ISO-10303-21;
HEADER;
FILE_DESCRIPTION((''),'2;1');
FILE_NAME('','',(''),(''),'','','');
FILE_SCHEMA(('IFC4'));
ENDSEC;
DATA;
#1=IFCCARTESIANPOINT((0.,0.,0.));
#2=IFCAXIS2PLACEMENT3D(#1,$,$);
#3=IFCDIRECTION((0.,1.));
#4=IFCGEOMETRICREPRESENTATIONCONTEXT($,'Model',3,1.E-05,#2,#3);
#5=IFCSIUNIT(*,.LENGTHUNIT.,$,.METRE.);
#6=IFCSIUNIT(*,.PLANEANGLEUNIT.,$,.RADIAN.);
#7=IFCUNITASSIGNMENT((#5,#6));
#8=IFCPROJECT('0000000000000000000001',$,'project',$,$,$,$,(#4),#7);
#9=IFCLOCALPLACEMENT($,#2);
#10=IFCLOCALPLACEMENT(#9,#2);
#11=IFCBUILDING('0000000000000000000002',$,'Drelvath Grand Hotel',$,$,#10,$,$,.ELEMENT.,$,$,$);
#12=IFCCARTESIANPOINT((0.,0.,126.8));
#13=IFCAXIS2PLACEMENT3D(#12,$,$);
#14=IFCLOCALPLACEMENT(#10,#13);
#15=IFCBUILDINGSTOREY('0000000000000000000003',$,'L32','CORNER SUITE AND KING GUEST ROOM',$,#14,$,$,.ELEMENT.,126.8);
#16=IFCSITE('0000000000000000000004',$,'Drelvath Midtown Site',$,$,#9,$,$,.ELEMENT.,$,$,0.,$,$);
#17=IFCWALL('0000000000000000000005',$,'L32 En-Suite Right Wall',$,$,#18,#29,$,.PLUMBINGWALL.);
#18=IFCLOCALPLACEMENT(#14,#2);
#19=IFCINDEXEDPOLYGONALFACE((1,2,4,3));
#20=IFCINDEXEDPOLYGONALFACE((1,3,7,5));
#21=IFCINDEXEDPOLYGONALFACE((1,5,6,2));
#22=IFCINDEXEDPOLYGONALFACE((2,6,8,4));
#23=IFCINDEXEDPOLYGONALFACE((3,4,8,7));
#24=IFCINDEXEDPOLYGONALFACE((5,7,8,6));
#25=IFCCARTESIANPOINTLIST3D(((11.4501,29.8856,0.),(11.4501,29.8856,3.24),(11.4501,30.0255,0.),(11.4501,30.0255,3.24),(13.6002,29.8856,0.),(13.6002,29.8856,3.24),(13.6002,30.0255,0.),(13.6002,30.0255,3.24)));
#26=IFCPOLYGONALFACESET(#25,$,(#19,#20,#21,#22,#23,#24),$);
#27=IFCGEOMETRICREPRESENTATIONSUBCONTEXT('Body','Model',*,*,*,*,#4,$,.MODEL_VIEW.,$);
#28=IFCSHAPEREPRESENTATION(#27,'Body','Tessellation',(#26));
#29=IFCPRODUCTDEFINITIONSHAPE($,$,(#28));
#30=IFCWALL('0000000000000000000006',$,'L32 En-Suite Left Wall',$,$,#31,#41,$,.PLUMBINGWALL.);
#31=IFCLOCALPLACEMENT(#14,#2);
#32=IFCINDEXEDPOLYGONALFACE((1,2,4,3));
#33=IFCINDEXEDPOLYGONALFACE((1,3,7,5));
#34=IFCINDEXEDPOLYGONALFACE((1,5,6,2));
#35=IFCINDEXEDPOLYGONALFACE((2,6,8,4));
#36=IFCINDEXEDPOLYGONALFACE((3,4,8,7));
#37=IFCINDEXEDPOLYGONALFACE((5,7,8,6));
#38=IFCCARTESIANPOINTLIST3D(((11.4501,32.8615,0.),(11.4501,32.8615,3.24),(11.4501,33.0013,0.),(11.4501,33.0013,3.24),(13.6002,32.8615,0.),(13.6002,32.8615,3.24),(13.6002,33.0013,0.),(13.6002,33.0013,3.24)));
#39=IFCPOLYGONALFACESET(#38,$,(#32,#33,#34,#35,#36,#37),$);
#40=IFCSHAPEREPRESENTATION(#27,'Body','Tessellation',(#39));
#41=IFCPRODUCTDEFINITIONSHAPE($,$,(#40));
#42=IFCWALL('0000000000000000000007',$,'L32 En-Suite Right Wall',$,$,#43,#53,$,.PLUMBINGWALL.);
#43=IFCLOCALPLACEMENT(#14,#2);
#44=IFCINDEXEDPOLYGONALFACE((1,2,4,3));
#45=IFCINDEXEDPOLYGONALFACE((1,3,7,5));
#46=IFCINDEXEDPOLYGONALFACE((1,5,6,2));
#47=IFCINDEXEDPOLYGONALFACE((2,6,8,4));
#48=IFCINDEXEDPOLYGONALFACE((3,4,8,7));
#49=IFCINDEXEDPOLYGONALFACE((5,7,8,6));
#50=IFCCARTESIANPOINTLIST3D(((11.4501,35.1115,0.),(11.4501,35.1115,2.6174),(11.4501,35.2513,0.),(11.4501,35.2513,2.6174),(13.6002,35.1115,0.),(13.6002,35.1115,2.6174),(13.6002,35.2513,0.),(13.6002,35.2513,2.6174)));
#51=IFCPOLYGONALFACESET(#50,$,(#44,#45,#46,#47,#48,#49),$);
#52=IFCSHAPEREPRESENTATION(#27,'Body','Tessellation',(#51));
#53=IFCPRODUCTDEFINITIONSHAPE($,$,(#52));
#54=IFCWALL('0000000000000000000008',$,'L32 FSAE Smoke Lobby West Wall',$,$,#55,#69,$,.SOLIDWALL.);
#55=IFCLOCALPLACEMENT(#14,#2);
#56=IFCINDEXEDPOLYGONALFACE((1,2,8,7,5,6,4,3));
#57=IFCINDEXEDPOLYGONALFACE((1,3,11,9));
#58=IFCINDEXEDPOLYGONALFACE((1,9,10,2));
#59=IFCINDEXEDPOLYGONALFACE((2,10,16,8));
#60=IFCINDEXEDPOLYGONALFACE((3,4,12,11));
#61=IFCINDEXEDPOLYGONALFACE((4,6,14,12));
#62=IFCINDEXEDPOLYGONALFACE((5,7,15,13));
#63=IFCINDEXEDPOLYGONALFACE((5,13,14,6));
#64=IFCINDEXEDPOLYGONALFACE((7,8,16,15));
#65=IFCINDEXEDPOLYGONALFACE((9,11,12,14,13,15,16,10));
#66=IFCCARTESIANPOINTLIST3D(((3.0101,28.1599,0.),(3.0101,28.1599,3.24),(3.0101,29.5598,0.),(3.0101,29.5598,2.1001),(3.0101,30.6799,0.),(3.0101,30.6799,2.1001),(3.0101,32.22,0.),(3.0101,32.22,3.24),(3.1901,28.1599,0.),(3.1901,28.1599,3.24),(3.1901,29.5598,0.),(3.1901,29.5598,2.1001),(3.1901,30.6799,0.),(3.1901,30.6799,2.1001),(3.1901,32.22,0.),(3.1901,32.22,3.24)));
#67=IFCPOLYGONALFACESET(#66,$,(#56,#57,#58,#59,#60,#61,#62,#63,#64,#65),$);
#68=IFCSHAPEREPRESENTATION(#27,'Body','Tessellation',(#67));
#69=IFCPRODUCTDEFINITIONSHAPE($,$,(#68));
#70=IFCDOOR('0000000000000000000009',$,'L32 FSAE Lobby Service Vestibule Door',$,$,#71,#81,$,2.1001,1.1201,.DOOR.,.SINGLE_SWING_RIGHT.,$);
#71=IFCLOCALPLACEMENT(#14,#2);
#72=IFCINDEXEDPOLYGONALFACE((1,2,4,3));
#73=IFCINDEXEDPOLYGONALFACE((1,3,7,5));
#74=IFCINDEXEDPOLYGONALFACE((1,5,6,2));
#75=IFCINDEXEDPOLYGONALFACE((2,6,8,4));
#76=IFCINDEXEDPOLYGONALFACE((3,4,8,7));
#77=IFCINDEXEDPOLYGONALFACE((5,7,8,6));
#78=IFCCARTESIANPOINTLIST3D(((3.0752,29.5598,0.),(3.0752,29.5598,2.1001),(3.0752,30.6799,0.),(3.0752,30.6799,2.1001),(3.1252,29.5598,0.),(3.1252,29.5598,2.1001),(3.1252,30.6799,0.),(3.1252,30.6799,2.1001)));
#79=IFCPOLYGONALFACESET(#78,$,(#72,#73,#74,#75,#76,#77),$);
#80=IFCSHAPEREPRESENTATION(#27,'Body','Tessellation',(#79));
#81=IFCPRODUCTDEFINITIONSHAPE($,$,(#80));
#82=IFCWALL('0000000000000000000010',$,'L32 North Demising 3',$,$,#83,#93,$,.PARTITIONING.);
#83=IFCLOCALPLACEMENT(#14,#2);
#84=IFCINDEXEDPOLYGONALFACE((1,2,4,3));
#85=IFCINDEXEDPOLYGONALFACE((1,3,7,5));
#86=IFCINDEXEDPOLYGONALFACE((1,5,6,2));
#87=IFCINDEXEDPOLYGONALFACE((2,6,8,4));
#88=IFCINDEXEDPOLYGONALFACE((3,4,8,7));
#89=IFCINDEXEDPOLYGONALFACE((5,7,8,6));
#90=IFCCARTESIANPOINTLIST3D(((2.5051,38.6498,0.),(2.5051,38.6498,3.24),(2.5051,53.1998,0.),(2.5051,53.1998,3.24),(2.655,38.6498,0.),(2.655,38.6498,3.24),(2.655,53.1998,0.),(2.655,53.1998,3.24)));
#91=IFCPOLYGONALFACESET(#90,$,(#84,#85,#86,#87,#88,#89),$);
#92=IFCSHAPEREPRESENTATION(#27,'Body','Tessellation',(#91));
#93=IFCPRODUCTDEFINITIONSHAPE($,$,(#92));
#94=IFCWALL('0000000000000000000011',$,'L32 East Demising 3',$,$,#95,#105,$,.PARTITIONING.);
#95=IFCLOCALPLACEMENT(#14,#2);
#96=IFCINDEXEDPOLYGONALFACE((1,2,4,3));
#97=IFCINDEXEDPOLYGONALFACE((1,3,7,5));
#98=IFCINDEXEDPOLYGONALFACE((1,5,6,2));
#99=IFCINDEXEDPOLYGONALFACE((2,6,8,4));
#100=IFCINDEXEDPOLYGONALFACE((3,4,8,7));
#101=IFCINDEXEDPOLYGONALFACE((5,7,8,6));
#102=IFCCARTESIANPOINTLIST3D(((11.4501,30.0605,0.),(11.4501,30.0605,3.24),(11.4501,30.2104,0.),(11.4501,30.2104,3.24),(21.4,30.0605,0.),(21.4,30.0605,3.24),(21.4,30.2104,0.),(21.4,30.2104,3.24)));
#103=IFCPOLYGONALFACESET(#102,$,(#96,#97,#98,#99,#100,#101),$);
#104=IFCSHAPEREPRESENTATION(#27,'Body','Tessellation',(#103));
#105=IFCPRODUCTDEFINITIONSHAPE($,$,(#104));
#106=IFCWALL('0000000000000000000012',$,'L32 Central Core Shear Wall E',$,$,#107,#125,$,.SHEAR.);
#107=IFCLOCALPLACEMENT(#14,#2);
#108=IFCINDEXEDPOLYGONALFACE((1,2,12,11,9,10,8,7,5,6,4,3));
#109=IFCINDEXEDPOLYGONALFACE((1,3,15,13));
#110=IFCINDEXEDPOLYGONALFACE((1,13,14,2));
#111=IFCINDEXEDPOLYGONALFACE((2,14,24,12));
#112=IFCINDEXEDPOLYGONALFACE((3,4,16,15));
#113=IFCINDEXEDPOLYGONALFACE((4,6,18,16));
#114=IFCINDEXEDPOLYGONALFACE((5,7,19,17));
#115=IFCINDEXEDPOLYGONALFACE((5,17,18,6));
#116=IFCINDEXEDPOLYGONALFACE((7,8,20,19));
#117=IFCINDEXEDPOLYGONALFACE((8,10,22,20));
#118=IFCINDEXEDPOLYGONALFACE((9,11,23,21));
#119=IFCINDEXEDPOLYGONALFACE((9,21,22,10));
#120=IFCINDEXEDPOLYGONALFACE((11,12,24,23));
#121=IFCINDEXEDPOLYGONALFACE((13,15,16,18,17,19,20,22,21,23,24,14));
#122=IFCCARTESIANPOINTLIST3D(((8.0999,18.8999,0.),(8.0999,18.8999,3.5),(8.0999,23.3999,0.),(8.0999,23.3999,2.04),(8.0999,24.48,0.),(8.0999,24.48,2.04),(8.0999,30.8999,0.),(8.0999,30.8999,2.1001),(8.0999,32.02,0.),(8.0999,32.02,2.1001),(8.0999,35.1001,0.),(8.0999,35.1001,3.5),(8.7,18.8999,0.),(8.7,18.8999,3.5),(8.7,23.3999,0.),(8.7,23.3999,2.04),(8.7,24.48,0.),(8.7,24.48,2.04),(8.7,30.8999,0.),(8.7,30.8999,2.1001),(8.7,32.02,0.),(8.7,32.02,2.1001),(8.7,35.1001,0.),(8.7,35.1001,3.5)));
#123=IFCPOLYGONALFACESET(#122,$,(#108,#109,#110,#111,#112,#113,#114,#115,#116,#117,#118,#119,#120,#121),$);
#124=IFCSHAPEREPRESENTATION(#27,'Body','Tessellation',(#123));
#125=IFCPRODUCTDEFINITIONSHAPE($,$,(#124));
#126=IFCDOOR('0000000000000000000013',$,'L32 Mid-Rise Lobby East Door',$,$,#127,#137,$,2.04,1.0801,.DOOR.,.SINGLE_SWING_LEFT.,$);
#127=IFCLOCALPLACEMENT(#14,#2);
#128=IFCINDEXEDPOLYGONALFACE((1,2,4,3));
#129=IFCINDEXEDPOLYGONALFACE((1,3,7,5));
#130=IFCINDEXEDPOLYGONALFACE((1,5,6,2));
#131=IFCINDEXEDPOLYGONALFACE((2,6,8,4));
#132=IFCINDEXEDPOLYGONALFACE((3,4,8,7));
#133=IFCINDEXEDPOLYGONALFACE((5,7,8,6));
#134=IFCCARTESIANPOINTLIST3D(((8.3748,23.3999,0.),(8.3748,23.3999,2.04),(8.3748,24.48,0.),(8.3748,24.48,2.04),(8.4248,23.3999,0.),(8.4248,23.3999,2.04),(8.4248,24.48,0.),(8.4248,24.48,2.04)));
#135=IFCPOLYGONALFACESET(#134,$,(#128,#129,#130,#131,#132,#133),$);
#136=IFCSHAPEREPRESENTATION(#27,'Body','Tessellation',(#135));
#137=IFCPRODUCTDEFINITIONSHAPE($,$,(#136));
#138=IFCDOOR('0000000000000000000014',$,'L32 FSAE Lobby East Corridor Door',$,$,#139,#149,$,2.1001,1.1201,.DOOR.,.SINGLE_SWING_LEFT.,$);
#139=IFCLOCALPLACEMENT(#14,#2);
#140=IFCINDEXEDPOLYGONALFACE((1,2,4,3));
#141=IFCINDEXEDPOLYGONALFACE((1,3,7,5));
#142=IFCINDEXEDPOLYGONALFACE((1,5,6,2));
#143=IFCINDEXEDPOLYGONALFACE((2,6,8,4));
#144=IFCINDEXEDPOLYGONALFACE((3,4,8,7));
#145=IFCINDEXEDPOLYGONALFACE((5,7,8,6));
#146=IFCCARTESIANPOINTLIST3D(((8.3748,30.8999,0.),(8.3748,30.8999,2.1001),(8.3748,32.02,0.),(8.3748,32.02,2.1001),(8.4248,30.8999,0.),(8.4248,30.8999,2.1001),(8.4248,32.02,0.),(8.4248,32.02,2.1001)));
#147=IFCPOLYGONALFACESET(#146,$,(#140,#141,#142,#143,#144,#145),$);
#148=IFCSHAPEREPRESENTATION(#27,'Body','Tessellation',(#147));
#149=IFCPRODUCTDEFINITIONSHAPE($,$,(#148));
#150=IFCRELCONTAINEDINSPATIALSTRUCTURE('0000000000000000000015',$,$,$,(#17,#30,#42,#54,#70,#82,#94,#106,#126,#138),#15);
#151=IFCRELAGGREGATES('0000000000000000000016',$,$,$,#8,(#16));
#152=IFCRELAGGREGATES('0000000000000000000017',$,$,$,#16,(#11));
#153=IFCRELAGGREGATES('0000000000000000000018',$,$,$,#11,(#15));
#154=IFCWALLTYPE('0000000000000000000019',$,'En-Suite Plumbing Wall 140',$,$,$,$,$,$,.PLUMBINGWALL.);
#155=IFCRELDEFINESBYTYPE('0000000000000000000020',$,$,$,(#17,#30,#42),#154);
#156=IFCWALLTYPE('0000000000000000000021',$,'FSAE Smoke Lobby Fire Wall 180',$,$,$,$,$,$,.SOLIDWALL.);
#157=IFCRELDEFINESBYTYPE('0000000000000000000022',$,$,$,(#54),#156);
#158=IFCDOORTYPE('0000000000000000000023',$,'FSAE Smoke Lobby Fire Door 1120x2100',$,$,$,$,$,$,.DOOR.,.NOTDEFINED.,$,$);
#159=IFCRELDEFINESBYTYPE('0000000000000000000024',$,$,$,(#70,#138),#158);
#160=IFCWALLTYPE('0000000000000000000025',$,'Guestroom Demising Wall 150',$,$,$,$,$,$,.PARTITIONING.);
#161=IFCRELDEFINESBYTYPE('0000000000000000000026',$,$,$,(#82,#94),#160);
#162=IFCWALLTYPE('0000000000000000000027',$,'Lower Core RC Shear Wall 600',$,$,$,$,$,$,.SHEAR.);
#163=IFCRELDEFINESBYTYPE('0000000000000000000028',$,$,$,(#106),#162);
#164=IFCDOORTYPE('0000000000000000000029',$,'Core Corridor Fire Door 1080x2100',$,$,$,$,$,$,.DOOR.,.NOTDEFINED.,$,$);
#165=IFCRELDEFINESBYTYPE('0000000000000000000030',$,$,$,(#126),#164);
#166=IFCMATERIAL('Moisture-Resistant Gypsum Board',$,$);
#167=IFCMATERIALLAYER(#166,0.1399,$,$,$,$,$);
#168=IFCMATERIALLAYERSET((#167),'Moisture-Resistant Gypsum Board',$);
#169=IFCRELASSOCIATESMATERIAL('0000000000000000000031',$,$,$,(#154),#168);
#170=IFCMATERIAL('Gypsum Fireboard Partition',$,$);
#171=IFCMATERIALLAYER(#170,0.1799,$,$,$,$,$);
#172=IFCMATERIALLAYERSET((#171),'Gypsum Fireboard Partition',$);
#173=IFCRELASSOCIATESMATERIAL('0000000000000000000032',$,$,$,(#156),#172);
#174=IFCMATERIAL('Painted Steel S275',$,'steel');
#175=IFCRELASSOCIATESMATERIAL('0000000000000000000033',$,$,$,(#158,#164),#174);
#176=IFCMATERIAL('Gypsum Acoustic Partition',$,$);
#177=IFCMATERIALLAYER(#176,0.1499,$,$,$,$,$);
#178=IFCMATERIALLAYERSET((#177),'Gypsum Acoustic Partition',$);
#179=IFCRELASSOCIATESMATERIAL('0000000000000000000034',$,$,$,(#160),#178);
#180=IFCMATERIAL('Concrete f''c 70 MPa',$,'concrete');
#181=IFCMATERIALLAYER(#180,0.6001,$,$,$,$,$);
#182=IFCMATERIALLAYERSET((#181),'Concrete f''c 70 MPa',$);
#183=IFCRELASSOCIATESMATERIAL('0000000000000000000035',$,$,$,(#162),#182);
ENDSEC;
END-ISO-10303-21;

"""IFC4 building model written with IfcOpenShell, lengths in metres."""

from ifc_helpers import new_model, si_unit, direction, frame, frame_2d, origin, place, context, subcontext, project, spatial, rectangle, extrude, material, layer, layer_set, type_object, element, fill, save


model = new_model("IFC4")

# Units and contexts
model_context = context("Model", 3, precision=1e-05, world=origin(), true_north=direction((0.0, 1.0)))
body_context = subcontext(model_context, "Body", "Model", "MODEL_VIEW")
ifc_project = project(units=[si_unit("LENGTHUNIT", "METRE"), si_unit("PLANEANGLEUNIT", "RADIAN")], contexts=[model_context])

# Site, building, storey
site_placement = place(None, origin())
site = spatial("IfcSite", under=ifc_project, at=site_placement, Name="Drelvath Midtown Site", CompositionType="ELEMENT", RefElevation=0.0)
building_placement = place(site_placement, origin())
building = spatial("IfcBuilding", under=site, at=building_placement, Name="Drelvath Grand Hotel", CompositionType="ELEMENT")
storey_placement = place(building_placement, frame((0.0, 0.0, 126.8)))
storey = spatial("IfcBuildingStorey", under=building, at=storey_placement, Name="L32", Description="CORNER SUITE AND KING GUEST ROOM", CompositionType="ELEMENT", Elevation=126.8)

# Shared definitions
ifc_material_1 = material(Name="Concrete f'c 70 MPa", Category="concrete")

# Shared definitions
ifc_material_2 = material(Name="Painted Steel S275", Category="steel")

# Walls
ifc_material_3 = material(Name="Gypsum Fireboard Partition")
ifc_material_4 = material(Name="Moisture-Resistant Gypsum Board")
ifc_layer_1 = layer(ifc_material_4, 0.1399)
ifc_layer_set_1 = layer_set([ifc_layer_1], Name="Moisture-Resistant Gypsum Board")
wall_type_1 = type_object("IfcWallType", Name="En-Suite Plumbing Wall 140", PredefinedType="PLUMBINGWALL", material=ifc_layer_set_1)
for number, where, z_axis, x_axis, name in (
    (1, (11.45, 29.9556, 0.0), (0.0, 0.0, 1.0), (1.0, 0.0, 0.0), "L32 En-Suite Right Wall"),
    (2, (11.45, 32.9314, 0.0), (0.0, 0.0, 1.0), (1.0, 0.0, 0.0), "L32 En-Suite Left Wall"),
):
    element("IfcWall", number, at=place(storey_placement, frame(where, z_axis=z_axis, x_axis=x_axis)), inside=storey, type_object=wall_type_1, Name=name, PredefinedType="PLUMBINGWALL", context=body_context, shape_type="SweptSolid", body=[
        extrude(rectangle(XDim=2.1501, YDim=0.1399, at=frame_2d((1.0752, 0.0))), origin(), (0.0, 0.0, 1.0), 3.24),
    ])
wall_1_placement = place(storey_placement, frame((11.45, 35.1814, 0.0), z_axis=(0.0, 0.0, 1.0), x_axis=(1.0, 0.0, 0.0)))
element("IfcWall", 3, at=wall_1_placement, inside=storey, type_object=wall_type_1, Name="L32 En-Suite Right Wall", PredefinedType="PLUMBINGWALL", context=body_context, shape_type="SweptSolid", body=[
    extrude(rectangle(XDim=2.1501, YDim=0.1399, at=frame_2d((1.0752, 0.0))), origin(), (0.0, 0.0, 1.0), 2.6174),
])

# Wall, opening, door
ifc_layer_2 = layer(ifc_material_3, 0.1799)
ifc_layer_set_2 = layer_set([ifc_layer_2], Name="Gypsum Fireboard Partition")
wall_type_2 = type_object("IfcWallType", Name="FSAE Smoke Lobby Fire Wall 180", PredefinedType="SOLIDWALL", material=ifc_layer_set_2)
wall_2_placement = place(storey_placement, frame((3.1001, 28.1599, 0.0), z_axis=(0.0, 0.0, 1.0), x_axis=(0.0, 1.0, 0.0)))
wall_2 = element("IfcWall", 4, at=wall_2_placement, inside=storey, type_object=wall_type_2, Name="L32 FSAE Smoke Lobby West Wall", PredefinedType="SOLIDWALL", context=body_context, shape_type="SweptSolid", body=[
    extrude(rectangle(XDim=4.0601, YDim=0.1799, at=frame_2d((2.03, 0.0))), origin(), (0.0, 0.0, 1.0), 3.24),
])
opening_1_placement = place(wall_2_placement, frame((1.3999, 0.0, 0.0)))
opening_1 = element("IfcOpeningElement", 5, at=opening_1_placement, cuts=wall_2, PredefinedType="OPENING", context=body_context, shape_type="SweptSolid", body=[
    extrude(rectangle(XDim=1.1201, YDim=2.1001, at=frame_2d((0.5601, 1.05))), frame((0.0, 0.0999, 0.0), z_axis=(0.0, -1.0, 0.0), x_axis=(1.0, 0.0, 0.0)), (0.0, 0.0, 1.0), 0.2),
])
door_type_1 = type_object("IfcDoorType", Name="FSAE Smoke Lobby Fire Door 1120x2100", OperationType="NOTDEFINED", PredefinedType="DOOR", material=ifc_material_2)
door_1_placement = place(opening_1_placement, origin())
door_1 = element("IfcDoor", 6, at=door_1_placement, inside=storey, type_object=door_type_1, Name="L32 FSAE Lobby Service Vestibule Door", OperationType="SINGLE_SWING_RIGHT", OverallHeight=2.1001, OverallWidth=1.1201, PredefinedType="DOOR", context=body_context, shape_type="SweptSolid", body=[
    extrude(rectangle(XDim=1.1201, YDim=2.1001, at=frame_2d((0.5601, 1.05))), frame((0.0, 0.0249, 0.0), z_axis=(0.0, -1.0, 0.0), x_axis=(1.0, 0.0, 0.0)), (0.0, 0.0, 1.0), 0.05),
])
fill(opening_1, door_1)

# Walls
ifc_material_5 = material(Name="Gypsum Acoustic Partition")
ifc_layer_3 = layer(ifc_material_5, 0.1499)
ifc_layer_set_3 = layer_set([ifc_layer_3], Name="Gypsum Acoustic Partition")
wall_type_3 = type_object("IfcWallType", Name="Guestroom Demising Wall 150", PredefinedType="PARTITIONING", material=ifc_layer_set_3)
wall_3_placement = place(storey_placement, frame((2.5801, 38.6499, 0.0), z_axis=(0.0, 0.0, 1.0), x_axis=(0.0, 1.0, 0.0)))
element("IfcWall", 7, at=wall_3_placement, inside=storey, type_object=wall_type_3, Name="L32 North Demising 3", PredefinedType="PARTITIONING", context=body_context, shape_type="SweptSolid", body=[
    extrude(rectangle(XDim=14.55, YDim=0.1499, at=frame_2d((7.2749, 0.0))), origin(), (0.0, 0.0, 1.0), 3.24),
])
wall_4_placement = place(storey_placement, frame((11.45, 30.1355, 0.0), z_axis=(0.0, 0.0, 1.0), x_axis=(1.0, 0.0, 0.0)))
element("IfcWall", 8, at=wall_4_placement, inside=storey, type_object=wall_type_3, Name="L32 East Demising 3", PredefinedType="PARTITIONING", context=body_context, shape_type="SweptSolid", body=[
    extrude(rectangle(XDim=9.95, YDim=0.1499, at=frame_2d((4.9751, 0.0))), origin(), (0.0, 0.0, 1.0), 3.24),
])

# Wall, openings, doors
ifc_layer_4 = layer(ifc_material_1, 0.6001)
ifc_layer_set_4 = layer_set([ifc_layer_4], Name="Concrete f'c 70 MPa")
wall_type_4 = type_object("IfcWallType", Name="Lower Core RC Shear Wall 600", PredefinedType="SHEAR", material=ifc_layer_set_4)
wall_5_placement = place(storey_placement, frame((8.3999, 35.1001, 0.0), z_axis=(0.0, 0.0, 1.0), x_axis=(0.0, -1.0, 0.0)))
wall_5 = element("IfcWall", 9, at=wall_5_placement, inside=storey, type_object=wall_type_4, Name="L32 Central Core Shear Wall E", PredefinedType="SHEAR", context=body_context, shape_type="SweptSolid", body=[
    extrude(rectangle(XDim=16.2002, YDim=0.6001, at=frame_2d((8.1001, 0.0))), origin(), (0.0, 0.0, 1.0), 3.5),
])
opening_2_placement = place(wall_5_placement, frame((3.0801, 0.0, 0.0)))
opening_2 = element("IfcOpeningElement", 10, at=opening_2_placement, cuts=wall_5, PredefinedType="OPENING", context=body_context, shape_type="SweptSolid", body=[
    extrude(rectangle(XDim=1.1201, YDim=2.1001, at=frame_2d((0.5601, 1.05))), frame((0.0, 0.3101, 0.0), z_axis=(0.0, -1.0, 0.0), x_axis=(1.0, 0.0, 0.0)), (0.0, 0.0, 1.0), 0.6201),
])
opening_3_placement = place(wall_5_placement, frame((10.6201, 0.0, 0.0)))
opening_3 = element("IfcOpeningElement", 11, at=opening_3_placement, cuts=wall_5, PredefinedType="OPENING", context=body_context, shape_type="SweptSolid", body=[
    extrude(rectangle(XDim=1.0801, YDim=2.04, at=frame_2d((0.54, 1.02))), frame((0.0, 0.3101, 0.0), z_axis=(0.0, -1.0, 0.0), x_axis=(1.0, 0.0, 0.0)), (0.0, 0.0, 1.0), 0.6201),
])
door_type_2 = type_object("IfcDoorType", Name="Core Corridor Fire Door 1080x2100", OperationType="NOTDEFINED", PredefinedType="DOOR", material=ifc_material_2)
door_2_placement = place(opening_3_placement, origin())
door_2 = element("IfcDoor", 12, at=door_2_placement, inside=storey, type_object=door_type_2, Name="L32 Mid-Rise Lobby East Door", OperationType="SINGLE_SWING_LEFT", OverallHeight=2.04, OverallWidth=1.0801, PredefinedType="DOOR", context=body_context, shape_type="SweptSolid", body=[
    extrude(rectangle(XDim=1.0801, YDim=2.04, at=frame_2d((0.54, 1.02))), frame((0.0, 0.0249, 0.0), z_axis=(0.0, -1.0, 0.0), x_axis=(1.0, 0.0, 0.0)), (0.0, 0.0, 1.0), 0.05),
])
fill(opening_3, door_2)
door_3_placement = place(opening_2_placement, origin())
door_3 = element("IfcDoor", 13, at=door_3_placement, inside=storey, type_object=door_type_1, Name="L32 FSAE Lobby East Corridor Door", OperationType="SINGLE_SWING_LEFT", OverallHeight=2.1001, OverallWidth=1.1201, PredefinedType="DOOR", context=body_context, shape_type="SweptSolid", body=[
    extrude(rectangle(XDim=1.1201, YDim=2.1001, at=frame_2d((0.5601, 1.05))), frame((0.0, 0.0249, 0.0), z_axis=(0.0, -1.0, 0.0), x_axis=(1.0, 0.0, 0.0)), (0.0, 0.0, 1.0), 0.05),
])
fill(opening_2, door_3)

save(model, "model.ifc")
